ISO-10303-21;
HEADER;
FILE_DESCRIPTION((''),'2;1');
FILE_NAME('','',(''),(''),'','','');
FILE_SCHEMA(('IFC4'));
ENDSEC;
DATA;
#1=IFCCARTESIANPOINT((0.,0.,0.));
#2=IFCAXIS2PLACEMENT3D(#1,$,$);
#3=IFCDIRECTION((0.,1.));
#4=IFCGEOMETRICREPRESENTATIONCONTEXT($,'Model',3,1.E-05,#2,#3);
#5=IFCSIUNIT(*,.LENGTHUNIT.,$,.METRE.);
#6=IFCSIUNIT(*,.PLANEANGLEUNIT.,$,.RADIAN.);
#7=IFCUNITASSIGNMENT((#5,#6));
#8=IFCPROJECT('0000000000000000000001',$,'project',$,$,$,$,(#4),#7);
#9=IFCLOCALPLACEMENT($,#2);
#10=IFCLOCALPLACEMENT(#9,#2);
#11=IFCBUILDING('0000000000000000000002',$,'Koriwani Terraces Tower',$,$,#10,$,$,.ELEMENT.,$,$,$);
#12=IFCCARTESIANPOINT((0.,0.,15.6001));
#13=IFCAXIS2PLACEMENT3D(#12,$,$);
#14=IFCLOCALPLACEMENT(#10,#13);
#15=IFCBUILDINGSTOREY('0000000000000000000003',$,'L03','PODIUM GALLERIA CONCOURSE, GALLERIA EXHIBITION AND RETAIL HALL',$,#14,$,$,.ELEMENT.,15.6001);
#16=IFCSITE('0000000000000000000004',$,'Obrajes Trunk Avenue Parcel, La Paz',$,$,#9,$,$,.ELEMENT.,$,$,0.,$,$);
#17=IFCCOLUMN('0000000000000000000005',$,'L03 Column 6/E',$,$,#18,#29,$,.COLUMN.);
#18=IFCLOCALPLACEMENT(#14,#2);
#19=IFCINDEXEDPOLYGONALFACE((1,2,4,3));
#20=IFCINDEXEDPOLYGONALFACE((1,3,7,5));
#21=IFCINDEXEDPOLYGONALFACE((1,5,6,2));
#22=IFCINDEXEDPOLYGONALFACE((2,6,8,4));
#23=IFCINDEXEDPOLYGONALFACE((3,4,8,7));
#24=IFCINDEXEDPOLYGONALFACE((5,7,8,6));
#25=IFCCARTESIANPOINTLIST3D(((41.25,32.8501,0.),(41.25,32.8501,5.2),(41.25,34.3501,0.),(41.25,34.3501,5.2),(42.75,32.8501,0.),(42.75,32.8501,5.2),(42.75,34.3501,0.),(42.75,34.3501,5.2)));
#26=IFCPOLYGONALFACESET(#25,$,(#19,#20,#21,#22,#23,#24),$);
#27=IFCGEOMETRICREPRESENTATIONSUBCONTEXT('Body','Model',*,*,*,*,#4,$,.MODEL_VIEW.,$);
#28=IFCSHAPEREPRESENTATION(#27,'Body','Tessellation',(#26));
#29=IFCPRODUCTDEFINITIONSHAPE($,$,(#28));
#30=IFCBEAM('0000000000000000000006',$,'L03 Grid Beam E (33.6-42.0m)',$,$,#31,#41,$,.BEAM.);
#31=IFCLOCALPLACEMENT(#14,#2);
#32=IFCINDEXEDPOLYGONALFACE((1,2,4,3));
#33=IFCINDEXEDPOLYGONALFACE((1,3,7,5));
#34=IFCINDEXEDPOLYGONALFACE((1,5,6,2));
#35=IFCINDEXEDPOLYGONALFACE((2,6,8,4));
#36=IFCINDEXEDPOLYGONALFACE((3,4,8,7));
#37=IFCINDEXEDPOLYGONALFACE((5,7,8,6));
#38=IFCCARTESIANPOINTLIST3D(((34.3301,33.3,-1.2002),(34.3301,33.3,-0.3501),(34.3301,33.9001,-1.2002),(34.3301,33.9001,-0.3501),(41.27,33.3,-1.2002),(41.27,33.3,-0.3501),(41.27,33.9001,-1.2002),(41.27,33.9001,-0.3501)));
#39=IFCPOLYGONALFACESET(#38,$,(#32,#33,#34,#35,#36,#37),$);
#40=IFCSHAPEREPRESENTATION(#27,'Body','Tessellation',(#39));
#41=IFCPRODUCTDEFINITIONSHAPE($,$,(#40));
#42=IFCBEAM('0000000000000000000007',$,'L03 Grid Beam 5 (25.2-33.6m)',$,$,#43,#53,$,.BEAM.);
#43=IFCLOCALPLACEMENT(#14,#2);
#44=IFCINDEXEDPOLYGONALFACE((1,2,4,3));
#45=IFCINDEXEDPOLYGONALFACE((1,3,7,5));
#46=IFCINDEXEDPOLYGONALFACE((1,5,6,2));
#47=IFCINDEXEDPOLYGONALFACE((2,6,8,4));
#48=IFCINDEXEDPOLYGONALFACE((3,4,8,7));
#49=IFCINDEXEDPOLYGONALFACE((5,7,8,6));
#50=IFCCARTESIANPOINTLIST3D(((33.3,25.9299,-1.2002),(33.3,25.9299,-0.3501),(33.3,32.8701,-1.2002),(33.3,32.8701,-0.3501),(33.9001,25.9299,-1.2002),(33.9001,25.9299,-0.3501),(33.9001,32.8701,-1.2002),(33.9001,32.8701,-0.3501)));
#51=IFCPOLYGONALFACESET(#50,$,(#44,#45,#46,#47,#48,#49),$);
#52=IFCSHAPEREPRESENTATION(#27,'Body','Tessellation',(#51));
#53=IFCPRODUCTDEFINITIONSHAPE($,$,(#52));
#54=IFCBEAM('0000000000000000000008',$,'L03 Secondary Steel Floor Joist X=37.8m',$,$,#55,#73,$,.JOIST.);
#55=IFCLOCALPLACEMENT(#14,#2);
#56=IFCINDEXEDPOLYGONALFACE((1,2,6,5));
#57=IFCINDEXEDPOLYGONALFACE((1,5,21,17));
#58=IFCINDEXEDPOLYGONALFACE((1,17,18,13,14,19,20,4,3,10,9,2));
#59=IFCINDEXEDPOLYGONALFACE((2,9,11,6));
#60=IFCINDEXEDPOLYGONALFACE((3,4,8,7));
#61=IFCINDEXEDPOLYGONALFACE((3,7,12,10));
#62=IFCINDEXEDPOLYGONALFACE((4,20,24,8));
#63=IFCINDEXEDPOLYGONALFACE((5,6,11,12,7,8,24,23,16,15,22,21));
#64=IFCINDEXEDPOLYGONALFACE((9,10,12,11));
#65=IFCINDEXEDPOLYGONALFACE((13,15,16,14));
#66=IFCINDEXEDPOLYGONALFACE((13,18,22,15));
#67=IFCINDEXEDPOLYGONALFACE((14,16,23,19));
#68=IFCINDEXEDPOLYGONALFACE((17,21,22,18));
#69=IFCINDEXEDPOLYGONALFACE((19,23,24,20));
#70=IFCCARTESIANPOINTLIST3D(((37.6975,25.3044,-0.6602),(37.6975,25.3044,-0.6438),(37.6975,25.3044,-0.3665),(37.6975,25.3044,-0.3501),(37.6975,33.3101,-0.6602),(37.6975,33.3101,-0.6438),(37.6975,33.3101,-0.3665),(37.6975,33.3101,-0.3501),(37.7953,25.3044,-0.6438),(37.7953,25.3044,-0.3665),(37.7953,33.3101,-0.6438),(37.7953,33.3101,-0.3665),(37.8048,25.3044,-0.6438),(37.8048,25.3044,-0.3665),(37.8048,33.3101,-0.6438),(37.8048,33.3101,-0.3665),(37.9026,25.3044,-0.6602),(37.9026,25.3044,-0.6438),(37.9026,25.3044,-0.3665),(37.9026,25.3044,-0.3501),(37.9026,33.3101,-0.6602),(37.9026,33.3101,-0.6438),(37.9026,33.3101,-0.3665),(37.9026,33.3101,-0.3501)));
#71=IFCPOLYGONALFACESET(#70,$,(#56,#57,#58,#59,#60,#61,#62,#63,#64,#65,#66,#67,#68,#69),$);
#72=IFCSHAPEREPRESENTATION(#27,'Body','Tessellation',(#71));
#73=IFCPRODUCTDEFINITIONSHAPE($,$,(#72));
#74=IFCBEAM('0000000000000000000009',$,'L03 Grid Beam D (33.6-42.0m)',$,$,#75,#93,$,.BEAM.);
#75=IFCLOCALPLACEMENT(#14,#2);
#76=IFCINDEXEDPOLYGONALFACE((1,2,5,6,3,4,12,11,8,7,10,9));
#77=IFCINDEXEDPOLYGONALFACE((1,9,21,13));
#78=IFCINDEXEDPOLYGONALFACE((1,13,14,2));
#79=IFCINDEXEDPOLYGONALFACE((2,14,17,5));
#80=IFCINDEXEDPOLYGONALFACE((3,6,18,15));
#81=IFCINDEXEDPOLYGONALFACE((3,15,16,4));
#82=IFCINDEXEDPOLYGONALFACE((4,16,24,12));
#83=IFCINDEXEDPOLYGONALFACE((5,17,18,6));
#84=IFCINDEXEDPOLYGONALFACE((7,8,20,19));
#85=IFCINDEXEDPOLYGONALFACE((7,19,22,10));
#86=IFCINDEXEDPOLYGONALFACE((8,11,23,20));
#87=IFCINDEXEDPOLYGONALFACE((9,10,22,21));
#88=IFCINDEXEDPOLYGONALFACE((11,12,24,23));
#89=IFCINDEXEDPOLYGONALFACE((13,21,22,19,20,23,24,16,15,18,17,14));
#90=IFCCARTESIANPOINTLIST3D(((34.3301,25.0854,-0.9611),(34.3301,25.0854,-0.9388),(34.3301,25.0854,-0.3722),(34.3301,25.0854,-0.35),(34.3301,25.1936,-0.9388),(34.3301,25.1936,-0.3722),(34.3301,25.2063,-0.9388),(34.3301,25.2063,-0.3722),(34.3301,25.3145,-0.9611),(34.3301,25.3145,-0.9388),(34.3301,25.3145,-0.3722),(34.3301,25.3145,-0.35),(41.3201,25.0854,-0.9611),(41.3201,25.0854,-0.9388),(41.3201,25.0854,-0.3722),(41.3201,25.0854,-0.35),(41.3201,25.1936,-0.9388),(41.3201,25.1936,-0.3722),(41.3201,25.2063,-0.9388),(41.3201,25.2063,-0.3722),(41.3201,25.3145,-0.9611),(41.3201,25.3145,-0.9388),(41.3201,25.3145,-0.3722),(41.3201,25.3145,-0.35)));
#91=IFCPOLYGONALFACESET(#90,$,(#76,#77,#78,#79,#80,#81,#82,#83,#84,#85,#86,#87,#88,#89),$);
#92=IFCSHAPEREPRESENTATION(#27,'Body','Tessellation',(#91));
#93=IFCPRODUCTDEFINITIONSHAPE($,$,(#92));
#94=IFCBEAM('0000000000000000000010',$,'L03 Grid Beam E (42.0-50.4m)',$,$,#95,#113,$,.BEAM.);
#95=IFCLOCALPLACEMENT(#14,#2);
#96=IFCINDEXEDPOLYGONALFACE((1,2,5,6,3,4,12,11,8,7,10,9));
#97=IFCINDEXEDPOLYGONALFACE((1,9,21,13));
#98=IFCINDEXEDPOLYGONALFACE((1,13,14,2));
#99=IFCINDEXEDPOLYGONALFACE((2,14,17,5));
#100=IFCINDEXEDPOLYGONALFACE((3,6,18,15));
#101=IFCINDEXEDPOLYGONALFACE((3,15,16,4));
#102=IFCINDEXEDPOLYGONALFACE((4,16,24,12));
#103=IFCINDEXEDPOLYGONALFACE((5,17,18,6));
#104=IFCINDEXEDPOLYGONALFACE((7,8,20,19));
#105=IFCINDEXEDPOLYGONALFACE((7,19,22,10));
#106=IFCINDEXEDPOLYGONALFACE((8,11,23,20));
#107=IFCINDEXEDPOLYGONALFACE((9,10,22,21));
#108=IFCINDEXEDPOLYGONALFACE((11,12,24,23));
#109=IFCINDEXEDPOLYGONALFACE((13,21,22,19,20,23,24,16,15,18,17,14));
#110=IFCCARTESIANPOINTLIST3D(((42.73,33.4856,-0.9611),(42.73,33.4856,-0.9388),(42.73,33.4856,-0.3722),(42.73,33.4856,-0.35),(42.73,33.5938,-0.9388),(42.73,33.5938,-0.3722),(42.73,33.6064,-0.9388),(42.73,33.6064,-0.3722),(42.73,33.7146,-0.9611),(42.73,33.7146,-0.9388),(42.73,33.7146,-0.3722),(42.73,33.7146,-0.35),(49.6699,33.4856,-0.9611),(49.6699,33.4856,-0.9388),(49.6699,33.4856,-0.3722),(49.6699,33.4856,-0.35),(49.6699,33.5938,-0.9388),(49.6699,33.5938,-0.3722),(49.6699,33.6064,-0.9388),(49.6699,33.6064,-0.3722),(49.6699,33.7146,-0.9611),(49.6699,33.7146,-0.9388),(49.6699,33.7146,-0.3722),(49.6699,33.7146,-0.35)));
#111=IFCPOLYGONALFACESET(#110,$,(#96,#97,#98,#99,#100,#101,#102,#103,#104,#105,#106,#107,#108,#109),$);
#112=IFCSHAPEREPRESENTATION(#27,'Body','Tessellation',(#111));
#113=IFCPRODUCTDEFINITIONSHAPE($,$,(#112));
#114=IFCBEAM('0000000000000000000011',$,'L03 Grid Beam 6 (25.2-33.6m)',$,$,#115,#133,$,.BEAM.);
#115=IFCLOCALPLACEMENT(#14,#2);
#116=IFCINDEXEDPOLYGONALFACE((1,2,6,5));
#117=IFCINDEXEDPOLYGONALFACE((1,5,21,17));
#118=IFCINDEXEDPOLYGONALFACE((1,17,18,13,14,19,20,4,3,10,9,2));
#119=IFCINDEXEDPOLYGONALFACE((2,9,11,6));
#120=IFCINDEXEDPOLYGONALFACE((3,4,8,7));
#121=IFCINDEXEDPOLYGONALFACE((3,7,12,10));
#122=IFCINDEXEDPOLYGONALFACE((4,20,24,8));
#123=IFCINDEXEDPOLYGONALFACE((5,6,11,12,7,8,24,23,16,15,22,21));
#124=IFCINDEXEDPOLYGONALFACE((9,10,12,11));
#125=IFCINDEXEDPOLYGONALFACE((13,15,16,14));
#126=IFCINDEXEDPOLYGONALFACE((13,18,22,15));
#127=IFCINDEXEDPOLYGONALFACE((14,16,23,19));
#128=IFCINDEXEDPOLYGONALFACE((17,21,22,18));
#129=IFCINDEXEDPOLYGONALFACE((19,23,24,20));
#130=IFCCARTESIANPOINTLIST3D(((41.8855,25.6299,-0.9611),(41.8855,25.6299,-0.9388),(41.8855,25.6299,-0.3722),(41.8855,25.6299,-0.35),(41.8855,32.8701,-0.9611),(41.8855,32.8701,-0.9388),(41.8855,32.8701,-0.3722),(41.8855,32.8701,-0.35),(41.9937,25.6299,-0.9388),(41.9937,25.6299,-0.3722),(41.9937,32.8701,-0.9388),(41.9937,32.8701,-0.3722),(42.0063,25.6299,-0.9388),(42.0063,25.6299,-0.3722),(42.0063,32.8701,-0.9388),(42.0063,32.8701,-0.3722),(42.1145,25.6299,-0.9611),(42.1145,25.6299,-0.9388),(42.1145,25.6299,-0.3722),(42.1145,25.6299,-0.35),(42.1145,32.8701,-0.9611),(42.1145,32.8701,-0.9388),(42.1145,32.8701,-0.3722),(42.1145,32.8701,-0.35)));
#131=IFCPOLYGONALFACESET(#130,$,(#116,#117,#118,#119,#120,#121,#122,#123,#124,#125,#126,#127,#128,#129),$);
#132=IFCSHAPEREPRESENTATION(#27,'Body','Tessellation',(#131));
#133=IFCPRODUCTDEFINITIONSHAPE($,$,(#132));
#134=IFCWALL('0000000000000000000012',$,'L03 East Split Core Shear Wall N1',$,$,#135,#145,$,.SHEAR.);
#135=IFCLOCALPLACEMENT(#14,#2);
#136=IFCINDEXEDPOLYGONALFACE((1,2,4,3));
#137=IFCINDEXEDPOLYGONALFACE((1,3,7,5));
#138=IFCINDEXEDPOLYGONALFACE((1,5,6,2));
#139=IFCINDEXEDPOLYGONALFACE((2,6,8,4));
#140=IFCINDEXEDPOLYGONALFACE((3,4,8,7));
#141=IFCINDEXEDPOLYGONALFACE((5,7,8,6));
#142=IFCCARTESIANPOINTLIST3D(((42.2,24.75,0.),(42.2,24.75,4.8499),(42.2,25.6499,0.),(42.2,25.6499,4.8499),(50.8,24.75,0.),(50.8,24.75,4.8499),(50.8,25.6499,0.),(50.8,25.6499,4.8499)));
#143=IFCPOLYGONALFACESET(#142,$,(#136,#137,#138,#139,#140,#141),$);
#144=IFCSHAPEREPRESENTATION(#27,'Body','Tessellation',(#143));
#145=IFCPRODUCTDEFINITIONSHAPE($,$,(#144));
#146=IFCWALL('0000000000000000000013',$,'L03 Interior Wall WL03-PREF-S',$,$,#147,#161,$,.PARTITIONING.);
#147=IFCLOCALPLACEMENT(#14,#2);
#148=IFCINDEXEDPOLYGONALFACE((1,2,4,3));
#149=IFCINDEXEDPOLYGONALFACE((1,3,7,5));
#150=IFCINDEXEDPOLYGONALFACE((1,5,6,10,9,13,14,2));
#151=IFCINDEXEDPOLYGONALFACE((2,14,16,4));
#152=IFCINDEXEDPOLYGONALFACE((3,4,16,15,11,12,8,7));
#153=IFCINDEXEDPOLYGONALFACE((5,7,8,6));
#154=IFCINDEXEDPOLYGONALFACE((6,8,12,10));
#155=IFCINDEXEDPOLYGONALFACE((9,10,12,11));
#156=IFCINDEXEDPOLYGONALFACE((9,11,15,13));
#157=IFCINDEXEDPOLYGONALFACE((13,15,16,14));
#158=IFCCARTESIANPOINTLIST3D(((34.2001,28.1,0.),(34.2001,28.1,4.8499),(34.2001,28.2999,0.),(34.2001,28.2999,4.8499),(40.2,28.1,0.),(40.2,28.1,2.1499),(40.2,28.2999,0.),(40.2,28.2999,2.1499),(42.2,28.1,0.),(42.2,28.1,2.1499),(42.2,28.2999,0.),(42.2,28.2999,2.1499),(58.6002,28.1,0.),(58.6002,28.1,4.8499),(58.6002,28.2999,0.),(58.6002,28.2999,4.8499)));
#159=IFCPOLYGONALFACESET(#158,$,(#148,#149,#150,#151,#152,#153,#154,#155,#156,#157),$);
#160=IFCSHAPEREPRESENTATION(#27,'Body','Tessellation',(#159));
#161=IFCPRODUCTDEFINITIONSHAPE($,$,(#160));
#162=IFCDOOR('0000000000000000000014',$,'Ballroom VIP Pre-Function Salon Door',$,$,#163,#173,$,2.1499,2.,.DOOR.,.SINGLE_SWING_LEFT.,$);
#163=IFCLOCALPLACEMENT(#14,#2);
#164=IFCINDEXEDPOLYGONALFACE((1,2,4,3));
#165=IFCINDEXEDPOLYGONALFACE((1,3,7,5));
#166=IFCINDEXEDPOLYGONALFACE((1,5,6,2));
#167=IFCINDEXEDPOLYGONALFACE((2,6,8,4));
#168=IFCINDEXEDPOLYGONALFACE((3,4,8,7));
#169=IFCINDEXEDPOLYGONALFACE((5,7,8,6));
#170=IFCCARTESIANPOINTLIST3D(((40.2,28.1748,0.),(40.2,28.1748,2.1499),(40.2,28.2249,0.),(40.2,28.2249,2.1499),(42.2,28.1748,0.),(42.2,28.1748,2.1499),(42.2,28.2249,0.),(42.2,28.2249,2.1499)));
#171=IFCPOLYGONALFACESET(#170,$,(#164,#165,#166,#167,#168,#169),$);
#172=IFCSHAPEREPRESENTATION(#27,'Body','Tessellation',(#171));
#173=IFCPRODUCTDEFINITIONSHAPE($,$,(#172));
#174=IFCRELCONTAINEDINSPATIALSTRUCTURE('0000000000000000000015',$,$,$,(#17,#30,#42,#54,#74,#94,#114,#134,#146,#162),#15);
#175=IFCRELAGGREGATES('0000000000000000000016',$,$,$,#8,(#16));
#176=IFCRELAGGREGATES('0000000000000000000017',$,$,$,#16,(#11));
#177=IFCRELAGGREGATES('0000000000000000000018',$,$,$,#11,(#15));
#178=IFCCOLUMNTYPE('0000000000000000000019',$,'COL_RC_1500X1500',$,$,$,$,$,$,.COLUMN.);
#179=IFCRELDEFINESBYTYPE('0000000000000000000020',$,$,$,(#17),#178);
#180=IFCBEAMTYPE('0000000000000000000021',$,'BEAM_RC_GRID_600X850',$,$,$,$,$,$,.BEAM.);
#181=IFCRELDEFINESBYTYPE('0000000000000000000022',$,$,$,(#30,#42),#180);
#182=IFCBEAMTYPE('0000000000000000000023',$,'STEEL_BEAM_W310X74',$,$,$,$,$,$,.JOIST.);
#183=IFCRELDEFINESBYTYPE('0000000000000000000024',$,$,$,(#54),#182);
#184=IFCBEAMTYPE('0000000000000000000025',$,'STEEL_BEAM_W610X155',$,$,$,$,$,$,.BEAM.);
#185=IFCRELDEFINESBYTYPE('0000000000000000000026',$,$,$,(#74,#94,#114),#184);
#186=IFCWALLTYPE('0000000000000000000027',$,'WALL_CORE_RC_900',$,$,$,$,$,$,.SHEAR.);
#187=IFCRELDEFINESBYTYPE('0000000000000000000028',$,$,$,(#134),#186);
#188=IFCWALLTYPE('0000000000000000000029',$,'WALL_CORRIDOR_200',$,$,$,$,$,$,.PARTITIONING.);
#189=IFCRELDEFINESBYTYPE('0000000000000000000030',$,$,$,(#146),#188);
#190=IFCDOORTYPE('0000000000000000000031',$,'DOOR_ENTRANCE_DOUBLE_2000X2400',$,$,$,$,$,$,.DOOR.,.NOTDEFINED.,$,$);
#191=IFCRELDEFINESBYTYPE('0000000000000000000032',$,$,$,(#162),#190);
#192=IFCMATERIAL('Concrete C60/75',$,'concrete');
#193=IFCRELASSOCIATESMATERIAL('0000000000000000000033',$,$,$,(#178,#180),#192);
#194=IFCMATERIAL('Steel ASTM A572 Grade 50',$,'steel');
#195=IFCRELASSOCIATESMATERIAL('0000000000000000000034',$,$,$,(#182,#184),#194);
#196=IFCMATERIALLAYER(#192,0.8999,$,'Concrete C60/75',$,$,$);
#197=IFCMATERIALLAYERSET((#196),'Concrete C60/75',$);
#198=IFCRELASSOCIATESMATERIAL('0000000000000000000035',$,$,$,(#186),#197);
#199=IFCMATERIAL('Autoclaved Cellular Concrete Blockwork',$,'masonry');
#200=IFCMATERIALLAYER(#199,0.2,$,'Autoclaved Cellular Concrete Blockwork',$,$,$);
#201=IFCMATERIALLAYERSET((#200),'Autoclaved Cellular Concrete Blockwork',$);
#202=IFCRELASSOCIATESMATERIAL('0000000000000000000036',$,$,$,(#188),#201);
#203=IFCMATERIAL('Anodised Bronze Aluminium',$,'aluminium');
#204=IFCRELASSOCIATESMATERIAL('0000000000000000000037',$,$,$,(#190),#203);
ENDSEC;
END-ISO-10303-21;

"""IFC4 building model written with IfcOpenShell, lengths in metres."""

from ifc_helpers import new_model, si_unit, direction, frame, frame_2d, origin, origin_2d, place, context, subcontext, project, spatial, rectangle, i_section, extrude, material, layer, layer_set, material_profile, profile_set, type_object, element, fill, save


model = new_model("IFC4")

# Units and contexts
model_context = context("Model", 3, precision=1e-05, world=origin(), true_north=direction((0.0, 1.0)))
body_context = subcontext(model_context, "Body", "Model", "MODEL_VIEW")
ifc_project = project(units=[si_unit("LENGTHUNIT", "METRE"), si_unit("PLANEANGLEUNIT", "RADIAN")], contexts=[model_context])

# Site, building, storey
site_placement = place(None, origin())
site = spatial("IfcSite", under=ifc_project, at=site_placement, Name="Obrajes Trunk Avenue Parcel, La Paz", CompositionType="ELEMENT", RefElevation=0.0)
building_placement = place(site_placement, origin())
building = spatial("IfcBuilding", under=site, at=building_placement, Name="Koriwani Terraces Tower", CompositionType="ELEMENT")
storey_placement = place(building_placement, frame((0.0, 0.0, 15.6001)))
storey = spatial("IfcBuildingStorey", under=building, at=storey_placement, Name="L03", Description="PODIUM GALLERIA CONCOURSE, GALLERIA EXHIBITION AND RETAIL HALL", CompositionType="ELEMENT", Elevation=15.6001)

# Column
ifc_material_1 = material(Name="Concrete C60/75", Category="concrete")
ifc_material_profile_1 = material_profile(ifc_material_1, rectangle(XDim=1.5, YDim=1.5, at=origin_2d()), Name="Concrete C60/75", Category="LoadBearing")
ifc_profile_set_1 = profile_set([ifc_material_profile_1], Name="Concrete C60/75")
column_type = type_object("IfcColumnType", Name="COL_RC_1500X1500", PredefinedType="COLUMN", material=ifc_profile_set_1)
column_placement = place(storey_placement, frame((42.0, 33.6001, 0.0), z_axis=(0.0, 0.0, 1.0), x_axis=(1.0, 0.0, 0.0)))
element("IfcColumn", 1, at=column_placement, inside=storey, type_object=column_type, Name="L03 Column 6/E", PredefinedType="COLUMN", context=body_context, shape_type="SweptSolid", body=[
    extrude(rectangle(XDim=1.5, YDim=1.5, at=origin_2d()), origin(), (0.0, 0.0, 1.0), 5.2),
])

# Beams
ifc_material_profile_2 = material_profile(ifc_material_1, rectangle(XDim=0.6001, YDim=0.8501, at=origin_2d()), Name="Concrete C60/75", Category="LoadBearing")
ifc_profile_set_2 = profile_set([ifc_material_profile_2], Name="Concrete C60/75")
beam_type_1 = type_object("IfcBeamType", Name="BEAM_RC_GRID_600X850", PredefinedType="BEAM", material=ifc_profile_set_2)
beam_1_placement = place(storey_placement, frame((34.3301, 33.6001, -0.7751), z_axis=(1.0, 0.0, 0.0), x_axis=(0.0, 1.0, 0.0)))
element("IfcBeam", 2, at=beam_1_placement, inside=storey, type_object=beam_type_1, Name="L03 Grid Beam E (33.6-42.0m)", PredefinedType="BEAM", context=body_context, shape_type="SweptSolid", body=[
    extrude(rectangle(XDim=0.6001, YDim=0.8501, at=origin_2d()), origin(), (0.0, 0.0, 1.0), 6.9399),
])
beam_2_placement = place(storey_placement, frame((33.6001, 25.9299, -0.7751), z_axis=(0.0, 1.0, 0.0), x_axis=(-1.0, 0.0, 0.0)))
element("IfcBeam", 3, at=beam_2_placement, inside=storey, type_object=beam_type_1, Name="L03 Grid Beam 5 (25.2-33.6m)", PredefinedType="BEAM", context=body_context, shape_type="SweptSolid", body=[
    extrude(rectangle(XDim=0.6001, YDim=0.8501, at=origin_2d()), origin(), (0.0, 0.0, 1.0), 6.9402),
])
ifc_material_2 = material(Name="Steel ASTM A572 Grade 50", Category="steel")
ifc_material_profile_3 = material_profile(ifc_material_2, i_section(OverallWidth=0.2051, OverallDepth=0.3101, WebThickness=0.0095, FlangeThickness=0.0164, at=origin_2d()), Name="Steel ASTM A572 Grade 50", Category="LoadBearing")
ifc_profile_set_3 = profile_set([ifc_material_profile_3], Name="Steel ASTM A572 Grade 50")
beam_type_2 = type_object("IfcBeamType", Name="STEEL_BEAM_W310X74", PredefinedType="JOIST", material=ifc_profile_set_3)
beam_3_placement = place(storey_placement, frame((37.8, 25.3044, -0.5051), z_axis=(0.0, 1.0, 0.0), x_axis=(-1.0, 0.0, 0.0)))
element("IfcBeam", 4, at=beam_3_placement, inside=storey, type_object=beam_type_2, Name="L03 Secondary Steel Floor Joist X=37.8m", PredefinedType="JOIST", context=body_context, shape_type="SweptSolid", body=[
    extrude(i_section(OverallWidth=0.2051, OverallDepth=0.3101, WebThickness=0.0095, FlangeThickness=0.0164, at=origin_2d()), origin(), (0.0, 0.0, 1.0), 8.0056),
])
ifc_material_profile_4 = material_profile(ifc_material_2, i_section(OverallWidth=0.229, OverallDepth=0.6111, WebThickness=0.0127, FlangeThickness=0.0222, at=origin_2d()), Name="Steel ASTM A572 Grade 50", Category="LoadBearing")
ifc_profile_set_4 = profile_set([ifc_material_profile_4], Name="Steel ASTM A572 Grade 50")
beam_type_3 = type_object("IfcBeamType", Name="STEEL_BEAM_W610X155", PredefinedType="BEAM", material=ifc_profile_set_4)
beam_4_placement = place(storey_placement, frame((34.3301, 25.2, -0.6555), z_axis=(1.0, 0.0, 0.0), x_axis=(0.0, 1.0, 0.0)))
element("IfcBeam", 5, at=beam_4_placement, inside=storey, type_object=beam_type_3, Name="L03 Grid Beam D (33.6-42.0m)", PredefinedType="BEAM", context=body_context, shape_type="SweptSolid", body=[
    extrude(i_section(OverallWidth=0.229, OverallDepth=0.6111, WebThickness=0.0127, FlangeThickness=0.0222, at=origin_2d()), origin(), (0.0, 0.0, 1.0), 6.99),
])
beam_5_placement = place(storey_placement, frame((42.73, 33.6001, -0.6555), z_axis=(1.0, 0.0, 0.0), x_axis=(0.0, 1.0, 0.0)))
element("IfcBeam", 6, at=beam_5_placement, inside=storey, type_object=beam_type_3, Name="L03 Grid Beam E (42.0-50.4m)", PredefinedType="BEAM", context=body_context, shape_type="SweptSolid", body=[
    extrude(i_section(OverallWidth=0.229, OverallDepth=0.6111, WebThickness=0.0127, FlangeThickness=0.0222, at=origin_2d()), origin(), (0.0, 0.0, 1.0), 6.9399),
])
beam_6_placement = place(storey_placement, frame((42.0, 25.6299, -0.6555), z_axis=(0.0, 1.0, 0.0), x_axis=(-1.0, 0.0, 0.0)))
element("IfcBeam", 7, at=beam_6_placement, inside=storey, type_object=beam_type_3, Name="L03 Grid Beam 6 (25.2-33.6m)", PredefinedType="BEAM", context=body_context, shape_type="SweptSolid", body=[
    extrude(i_section(OverallWidth=0.229, OverallDepth=0.6111, WebThickness=0.0127, FlangeThickness=0.0222, at=origin_2d()), origin(), (0.0, 0.0, 1.0), 7.2402),
])

# Wall
ifc_layer_1 = layer(ifc_material_1, 0.8999, Name="Concrete C60/75")
ifc_layer_set_1 = layer_set([ifc_layer_1], Name="Concrete C60/75")
wall_type_1 = type_object("IfcWallType", Name="WALL_CORE_RC_900", PredefinedType="SHEAR", material=ifc_layer_set_1)
wall_1_placement = place(storey_placement, frame((42.2, 25.2, 0.0), z_axis=(0.0, 0.0, 1.0), x_axis=(1.0, 0.0, 0.0)))
element("IfcWall", 8, at=wall_1_placement, inside=storey, type_object=wall_type_1, Name="L03 East Split Core Shear Wall N1", PredefinedType="SHEAR", context=body_context, shape_type="SweptSolid", body=[
    extrude(rectangle(XDim=8.6001, YDim=0.8999, at=frame_2d((4.3, 0.0))), origin(), (0.0, 0.0, 1.0), 4.8499),
])

# Wall, opening, door
ifc_material_3 = material(Name="Autoclaved Cellular Concrete Blockwork", Category="masonry")
ifc_layer_2 = layer(ifc_material_3, 0.2, Name="Autoclaved Cellular Concrete Blockwork")
ifc_layer_set_2 = layer_set([ifc_layer_2], Name="Autoclaved Cellular Concrete Blockwork")
wall_type_2 = type_object("IfcWallType", Name="WALL_CORRIDOR_200", PredefinedType="PARTITIONING", material=ifc_layer_set_2)
wall_2_placement = place(storey_placement, frame((34.2, 28.2, 0.0), z_axis=(0.0, 0.0, 1.0), x_axis=(1.0, 0.0, 0.0)))
wall_2 = element("IfcWall", 9, at=wall_2_placement, inside=storey, type_object=wall_type_2, Name="L03 Interior Wall WL03-PREF-S", PredefinedType="PARTITIONING", context=body_context, shape_type="SweptSolid", body=[
    extrude(rectangle(XDim=24.4001, YDim=0.2, at=frame_2d((12.2002, 0.0))), origin(), (0.0, 0.0, 1.0), 4.8499),
])
opening_placement = place(wall_2_placement, frame((6.0, 0.0, 0.0)))
opening = element("IfcOpeningElement", 10, at=opening_placement, cuts=wall_2, PredefinedType="OPENING", context=body_context, shape_type="SweptSolid", body=[
    extrude(rectangle(XDim=2.0, YDim=2.1499, at=frame_2d((1.0, 1.075))), frame((0.0, 0.1099, 0.0), z_axis=(0.0, -1.0, 0.0), x_axis=(1.0, 0.0, 0.0)), (0.0, 0.0, 1.0), 0.22),
])
ifc_material_4 = material(Name="Anodised Bronze Aluminium", Category="aluminium")
door_type = type_object("IfcDoorType", Name="DOOR_ENTRANCE_DOUBLE_2000X2400", OperationType="NOTDEFINED", PredefinedType="DOOR", material=ifc_material_4)
door_placement = place(opening_placement, origin())
door = element("IfcDoor", 11, at=door_placement, inside=storey, type_object=door_type, Name="Ballroom VIP Pre-Function Salon Door", OperationType="SINGLE_SWING_LEFT", OverallHeight=2.1499, OverallWidth=2.0, PredefinedType="DOOR", context=body_context, shape_type="SweptSolid", body=[
    extrude(rectangle(XDim=2.0, YDim=2.1499, at=frame_2d((1.0, 1.075))), frame((0.0, 0.0249, 0.0), z_axis=(0.0, -1.0, 0.0), x_axis=(1.0, 0.0, 0.0)), (0.0, 0.0, 1.0), 0.05),
])
fill(opening, door)

save(model, "model.ifc")
